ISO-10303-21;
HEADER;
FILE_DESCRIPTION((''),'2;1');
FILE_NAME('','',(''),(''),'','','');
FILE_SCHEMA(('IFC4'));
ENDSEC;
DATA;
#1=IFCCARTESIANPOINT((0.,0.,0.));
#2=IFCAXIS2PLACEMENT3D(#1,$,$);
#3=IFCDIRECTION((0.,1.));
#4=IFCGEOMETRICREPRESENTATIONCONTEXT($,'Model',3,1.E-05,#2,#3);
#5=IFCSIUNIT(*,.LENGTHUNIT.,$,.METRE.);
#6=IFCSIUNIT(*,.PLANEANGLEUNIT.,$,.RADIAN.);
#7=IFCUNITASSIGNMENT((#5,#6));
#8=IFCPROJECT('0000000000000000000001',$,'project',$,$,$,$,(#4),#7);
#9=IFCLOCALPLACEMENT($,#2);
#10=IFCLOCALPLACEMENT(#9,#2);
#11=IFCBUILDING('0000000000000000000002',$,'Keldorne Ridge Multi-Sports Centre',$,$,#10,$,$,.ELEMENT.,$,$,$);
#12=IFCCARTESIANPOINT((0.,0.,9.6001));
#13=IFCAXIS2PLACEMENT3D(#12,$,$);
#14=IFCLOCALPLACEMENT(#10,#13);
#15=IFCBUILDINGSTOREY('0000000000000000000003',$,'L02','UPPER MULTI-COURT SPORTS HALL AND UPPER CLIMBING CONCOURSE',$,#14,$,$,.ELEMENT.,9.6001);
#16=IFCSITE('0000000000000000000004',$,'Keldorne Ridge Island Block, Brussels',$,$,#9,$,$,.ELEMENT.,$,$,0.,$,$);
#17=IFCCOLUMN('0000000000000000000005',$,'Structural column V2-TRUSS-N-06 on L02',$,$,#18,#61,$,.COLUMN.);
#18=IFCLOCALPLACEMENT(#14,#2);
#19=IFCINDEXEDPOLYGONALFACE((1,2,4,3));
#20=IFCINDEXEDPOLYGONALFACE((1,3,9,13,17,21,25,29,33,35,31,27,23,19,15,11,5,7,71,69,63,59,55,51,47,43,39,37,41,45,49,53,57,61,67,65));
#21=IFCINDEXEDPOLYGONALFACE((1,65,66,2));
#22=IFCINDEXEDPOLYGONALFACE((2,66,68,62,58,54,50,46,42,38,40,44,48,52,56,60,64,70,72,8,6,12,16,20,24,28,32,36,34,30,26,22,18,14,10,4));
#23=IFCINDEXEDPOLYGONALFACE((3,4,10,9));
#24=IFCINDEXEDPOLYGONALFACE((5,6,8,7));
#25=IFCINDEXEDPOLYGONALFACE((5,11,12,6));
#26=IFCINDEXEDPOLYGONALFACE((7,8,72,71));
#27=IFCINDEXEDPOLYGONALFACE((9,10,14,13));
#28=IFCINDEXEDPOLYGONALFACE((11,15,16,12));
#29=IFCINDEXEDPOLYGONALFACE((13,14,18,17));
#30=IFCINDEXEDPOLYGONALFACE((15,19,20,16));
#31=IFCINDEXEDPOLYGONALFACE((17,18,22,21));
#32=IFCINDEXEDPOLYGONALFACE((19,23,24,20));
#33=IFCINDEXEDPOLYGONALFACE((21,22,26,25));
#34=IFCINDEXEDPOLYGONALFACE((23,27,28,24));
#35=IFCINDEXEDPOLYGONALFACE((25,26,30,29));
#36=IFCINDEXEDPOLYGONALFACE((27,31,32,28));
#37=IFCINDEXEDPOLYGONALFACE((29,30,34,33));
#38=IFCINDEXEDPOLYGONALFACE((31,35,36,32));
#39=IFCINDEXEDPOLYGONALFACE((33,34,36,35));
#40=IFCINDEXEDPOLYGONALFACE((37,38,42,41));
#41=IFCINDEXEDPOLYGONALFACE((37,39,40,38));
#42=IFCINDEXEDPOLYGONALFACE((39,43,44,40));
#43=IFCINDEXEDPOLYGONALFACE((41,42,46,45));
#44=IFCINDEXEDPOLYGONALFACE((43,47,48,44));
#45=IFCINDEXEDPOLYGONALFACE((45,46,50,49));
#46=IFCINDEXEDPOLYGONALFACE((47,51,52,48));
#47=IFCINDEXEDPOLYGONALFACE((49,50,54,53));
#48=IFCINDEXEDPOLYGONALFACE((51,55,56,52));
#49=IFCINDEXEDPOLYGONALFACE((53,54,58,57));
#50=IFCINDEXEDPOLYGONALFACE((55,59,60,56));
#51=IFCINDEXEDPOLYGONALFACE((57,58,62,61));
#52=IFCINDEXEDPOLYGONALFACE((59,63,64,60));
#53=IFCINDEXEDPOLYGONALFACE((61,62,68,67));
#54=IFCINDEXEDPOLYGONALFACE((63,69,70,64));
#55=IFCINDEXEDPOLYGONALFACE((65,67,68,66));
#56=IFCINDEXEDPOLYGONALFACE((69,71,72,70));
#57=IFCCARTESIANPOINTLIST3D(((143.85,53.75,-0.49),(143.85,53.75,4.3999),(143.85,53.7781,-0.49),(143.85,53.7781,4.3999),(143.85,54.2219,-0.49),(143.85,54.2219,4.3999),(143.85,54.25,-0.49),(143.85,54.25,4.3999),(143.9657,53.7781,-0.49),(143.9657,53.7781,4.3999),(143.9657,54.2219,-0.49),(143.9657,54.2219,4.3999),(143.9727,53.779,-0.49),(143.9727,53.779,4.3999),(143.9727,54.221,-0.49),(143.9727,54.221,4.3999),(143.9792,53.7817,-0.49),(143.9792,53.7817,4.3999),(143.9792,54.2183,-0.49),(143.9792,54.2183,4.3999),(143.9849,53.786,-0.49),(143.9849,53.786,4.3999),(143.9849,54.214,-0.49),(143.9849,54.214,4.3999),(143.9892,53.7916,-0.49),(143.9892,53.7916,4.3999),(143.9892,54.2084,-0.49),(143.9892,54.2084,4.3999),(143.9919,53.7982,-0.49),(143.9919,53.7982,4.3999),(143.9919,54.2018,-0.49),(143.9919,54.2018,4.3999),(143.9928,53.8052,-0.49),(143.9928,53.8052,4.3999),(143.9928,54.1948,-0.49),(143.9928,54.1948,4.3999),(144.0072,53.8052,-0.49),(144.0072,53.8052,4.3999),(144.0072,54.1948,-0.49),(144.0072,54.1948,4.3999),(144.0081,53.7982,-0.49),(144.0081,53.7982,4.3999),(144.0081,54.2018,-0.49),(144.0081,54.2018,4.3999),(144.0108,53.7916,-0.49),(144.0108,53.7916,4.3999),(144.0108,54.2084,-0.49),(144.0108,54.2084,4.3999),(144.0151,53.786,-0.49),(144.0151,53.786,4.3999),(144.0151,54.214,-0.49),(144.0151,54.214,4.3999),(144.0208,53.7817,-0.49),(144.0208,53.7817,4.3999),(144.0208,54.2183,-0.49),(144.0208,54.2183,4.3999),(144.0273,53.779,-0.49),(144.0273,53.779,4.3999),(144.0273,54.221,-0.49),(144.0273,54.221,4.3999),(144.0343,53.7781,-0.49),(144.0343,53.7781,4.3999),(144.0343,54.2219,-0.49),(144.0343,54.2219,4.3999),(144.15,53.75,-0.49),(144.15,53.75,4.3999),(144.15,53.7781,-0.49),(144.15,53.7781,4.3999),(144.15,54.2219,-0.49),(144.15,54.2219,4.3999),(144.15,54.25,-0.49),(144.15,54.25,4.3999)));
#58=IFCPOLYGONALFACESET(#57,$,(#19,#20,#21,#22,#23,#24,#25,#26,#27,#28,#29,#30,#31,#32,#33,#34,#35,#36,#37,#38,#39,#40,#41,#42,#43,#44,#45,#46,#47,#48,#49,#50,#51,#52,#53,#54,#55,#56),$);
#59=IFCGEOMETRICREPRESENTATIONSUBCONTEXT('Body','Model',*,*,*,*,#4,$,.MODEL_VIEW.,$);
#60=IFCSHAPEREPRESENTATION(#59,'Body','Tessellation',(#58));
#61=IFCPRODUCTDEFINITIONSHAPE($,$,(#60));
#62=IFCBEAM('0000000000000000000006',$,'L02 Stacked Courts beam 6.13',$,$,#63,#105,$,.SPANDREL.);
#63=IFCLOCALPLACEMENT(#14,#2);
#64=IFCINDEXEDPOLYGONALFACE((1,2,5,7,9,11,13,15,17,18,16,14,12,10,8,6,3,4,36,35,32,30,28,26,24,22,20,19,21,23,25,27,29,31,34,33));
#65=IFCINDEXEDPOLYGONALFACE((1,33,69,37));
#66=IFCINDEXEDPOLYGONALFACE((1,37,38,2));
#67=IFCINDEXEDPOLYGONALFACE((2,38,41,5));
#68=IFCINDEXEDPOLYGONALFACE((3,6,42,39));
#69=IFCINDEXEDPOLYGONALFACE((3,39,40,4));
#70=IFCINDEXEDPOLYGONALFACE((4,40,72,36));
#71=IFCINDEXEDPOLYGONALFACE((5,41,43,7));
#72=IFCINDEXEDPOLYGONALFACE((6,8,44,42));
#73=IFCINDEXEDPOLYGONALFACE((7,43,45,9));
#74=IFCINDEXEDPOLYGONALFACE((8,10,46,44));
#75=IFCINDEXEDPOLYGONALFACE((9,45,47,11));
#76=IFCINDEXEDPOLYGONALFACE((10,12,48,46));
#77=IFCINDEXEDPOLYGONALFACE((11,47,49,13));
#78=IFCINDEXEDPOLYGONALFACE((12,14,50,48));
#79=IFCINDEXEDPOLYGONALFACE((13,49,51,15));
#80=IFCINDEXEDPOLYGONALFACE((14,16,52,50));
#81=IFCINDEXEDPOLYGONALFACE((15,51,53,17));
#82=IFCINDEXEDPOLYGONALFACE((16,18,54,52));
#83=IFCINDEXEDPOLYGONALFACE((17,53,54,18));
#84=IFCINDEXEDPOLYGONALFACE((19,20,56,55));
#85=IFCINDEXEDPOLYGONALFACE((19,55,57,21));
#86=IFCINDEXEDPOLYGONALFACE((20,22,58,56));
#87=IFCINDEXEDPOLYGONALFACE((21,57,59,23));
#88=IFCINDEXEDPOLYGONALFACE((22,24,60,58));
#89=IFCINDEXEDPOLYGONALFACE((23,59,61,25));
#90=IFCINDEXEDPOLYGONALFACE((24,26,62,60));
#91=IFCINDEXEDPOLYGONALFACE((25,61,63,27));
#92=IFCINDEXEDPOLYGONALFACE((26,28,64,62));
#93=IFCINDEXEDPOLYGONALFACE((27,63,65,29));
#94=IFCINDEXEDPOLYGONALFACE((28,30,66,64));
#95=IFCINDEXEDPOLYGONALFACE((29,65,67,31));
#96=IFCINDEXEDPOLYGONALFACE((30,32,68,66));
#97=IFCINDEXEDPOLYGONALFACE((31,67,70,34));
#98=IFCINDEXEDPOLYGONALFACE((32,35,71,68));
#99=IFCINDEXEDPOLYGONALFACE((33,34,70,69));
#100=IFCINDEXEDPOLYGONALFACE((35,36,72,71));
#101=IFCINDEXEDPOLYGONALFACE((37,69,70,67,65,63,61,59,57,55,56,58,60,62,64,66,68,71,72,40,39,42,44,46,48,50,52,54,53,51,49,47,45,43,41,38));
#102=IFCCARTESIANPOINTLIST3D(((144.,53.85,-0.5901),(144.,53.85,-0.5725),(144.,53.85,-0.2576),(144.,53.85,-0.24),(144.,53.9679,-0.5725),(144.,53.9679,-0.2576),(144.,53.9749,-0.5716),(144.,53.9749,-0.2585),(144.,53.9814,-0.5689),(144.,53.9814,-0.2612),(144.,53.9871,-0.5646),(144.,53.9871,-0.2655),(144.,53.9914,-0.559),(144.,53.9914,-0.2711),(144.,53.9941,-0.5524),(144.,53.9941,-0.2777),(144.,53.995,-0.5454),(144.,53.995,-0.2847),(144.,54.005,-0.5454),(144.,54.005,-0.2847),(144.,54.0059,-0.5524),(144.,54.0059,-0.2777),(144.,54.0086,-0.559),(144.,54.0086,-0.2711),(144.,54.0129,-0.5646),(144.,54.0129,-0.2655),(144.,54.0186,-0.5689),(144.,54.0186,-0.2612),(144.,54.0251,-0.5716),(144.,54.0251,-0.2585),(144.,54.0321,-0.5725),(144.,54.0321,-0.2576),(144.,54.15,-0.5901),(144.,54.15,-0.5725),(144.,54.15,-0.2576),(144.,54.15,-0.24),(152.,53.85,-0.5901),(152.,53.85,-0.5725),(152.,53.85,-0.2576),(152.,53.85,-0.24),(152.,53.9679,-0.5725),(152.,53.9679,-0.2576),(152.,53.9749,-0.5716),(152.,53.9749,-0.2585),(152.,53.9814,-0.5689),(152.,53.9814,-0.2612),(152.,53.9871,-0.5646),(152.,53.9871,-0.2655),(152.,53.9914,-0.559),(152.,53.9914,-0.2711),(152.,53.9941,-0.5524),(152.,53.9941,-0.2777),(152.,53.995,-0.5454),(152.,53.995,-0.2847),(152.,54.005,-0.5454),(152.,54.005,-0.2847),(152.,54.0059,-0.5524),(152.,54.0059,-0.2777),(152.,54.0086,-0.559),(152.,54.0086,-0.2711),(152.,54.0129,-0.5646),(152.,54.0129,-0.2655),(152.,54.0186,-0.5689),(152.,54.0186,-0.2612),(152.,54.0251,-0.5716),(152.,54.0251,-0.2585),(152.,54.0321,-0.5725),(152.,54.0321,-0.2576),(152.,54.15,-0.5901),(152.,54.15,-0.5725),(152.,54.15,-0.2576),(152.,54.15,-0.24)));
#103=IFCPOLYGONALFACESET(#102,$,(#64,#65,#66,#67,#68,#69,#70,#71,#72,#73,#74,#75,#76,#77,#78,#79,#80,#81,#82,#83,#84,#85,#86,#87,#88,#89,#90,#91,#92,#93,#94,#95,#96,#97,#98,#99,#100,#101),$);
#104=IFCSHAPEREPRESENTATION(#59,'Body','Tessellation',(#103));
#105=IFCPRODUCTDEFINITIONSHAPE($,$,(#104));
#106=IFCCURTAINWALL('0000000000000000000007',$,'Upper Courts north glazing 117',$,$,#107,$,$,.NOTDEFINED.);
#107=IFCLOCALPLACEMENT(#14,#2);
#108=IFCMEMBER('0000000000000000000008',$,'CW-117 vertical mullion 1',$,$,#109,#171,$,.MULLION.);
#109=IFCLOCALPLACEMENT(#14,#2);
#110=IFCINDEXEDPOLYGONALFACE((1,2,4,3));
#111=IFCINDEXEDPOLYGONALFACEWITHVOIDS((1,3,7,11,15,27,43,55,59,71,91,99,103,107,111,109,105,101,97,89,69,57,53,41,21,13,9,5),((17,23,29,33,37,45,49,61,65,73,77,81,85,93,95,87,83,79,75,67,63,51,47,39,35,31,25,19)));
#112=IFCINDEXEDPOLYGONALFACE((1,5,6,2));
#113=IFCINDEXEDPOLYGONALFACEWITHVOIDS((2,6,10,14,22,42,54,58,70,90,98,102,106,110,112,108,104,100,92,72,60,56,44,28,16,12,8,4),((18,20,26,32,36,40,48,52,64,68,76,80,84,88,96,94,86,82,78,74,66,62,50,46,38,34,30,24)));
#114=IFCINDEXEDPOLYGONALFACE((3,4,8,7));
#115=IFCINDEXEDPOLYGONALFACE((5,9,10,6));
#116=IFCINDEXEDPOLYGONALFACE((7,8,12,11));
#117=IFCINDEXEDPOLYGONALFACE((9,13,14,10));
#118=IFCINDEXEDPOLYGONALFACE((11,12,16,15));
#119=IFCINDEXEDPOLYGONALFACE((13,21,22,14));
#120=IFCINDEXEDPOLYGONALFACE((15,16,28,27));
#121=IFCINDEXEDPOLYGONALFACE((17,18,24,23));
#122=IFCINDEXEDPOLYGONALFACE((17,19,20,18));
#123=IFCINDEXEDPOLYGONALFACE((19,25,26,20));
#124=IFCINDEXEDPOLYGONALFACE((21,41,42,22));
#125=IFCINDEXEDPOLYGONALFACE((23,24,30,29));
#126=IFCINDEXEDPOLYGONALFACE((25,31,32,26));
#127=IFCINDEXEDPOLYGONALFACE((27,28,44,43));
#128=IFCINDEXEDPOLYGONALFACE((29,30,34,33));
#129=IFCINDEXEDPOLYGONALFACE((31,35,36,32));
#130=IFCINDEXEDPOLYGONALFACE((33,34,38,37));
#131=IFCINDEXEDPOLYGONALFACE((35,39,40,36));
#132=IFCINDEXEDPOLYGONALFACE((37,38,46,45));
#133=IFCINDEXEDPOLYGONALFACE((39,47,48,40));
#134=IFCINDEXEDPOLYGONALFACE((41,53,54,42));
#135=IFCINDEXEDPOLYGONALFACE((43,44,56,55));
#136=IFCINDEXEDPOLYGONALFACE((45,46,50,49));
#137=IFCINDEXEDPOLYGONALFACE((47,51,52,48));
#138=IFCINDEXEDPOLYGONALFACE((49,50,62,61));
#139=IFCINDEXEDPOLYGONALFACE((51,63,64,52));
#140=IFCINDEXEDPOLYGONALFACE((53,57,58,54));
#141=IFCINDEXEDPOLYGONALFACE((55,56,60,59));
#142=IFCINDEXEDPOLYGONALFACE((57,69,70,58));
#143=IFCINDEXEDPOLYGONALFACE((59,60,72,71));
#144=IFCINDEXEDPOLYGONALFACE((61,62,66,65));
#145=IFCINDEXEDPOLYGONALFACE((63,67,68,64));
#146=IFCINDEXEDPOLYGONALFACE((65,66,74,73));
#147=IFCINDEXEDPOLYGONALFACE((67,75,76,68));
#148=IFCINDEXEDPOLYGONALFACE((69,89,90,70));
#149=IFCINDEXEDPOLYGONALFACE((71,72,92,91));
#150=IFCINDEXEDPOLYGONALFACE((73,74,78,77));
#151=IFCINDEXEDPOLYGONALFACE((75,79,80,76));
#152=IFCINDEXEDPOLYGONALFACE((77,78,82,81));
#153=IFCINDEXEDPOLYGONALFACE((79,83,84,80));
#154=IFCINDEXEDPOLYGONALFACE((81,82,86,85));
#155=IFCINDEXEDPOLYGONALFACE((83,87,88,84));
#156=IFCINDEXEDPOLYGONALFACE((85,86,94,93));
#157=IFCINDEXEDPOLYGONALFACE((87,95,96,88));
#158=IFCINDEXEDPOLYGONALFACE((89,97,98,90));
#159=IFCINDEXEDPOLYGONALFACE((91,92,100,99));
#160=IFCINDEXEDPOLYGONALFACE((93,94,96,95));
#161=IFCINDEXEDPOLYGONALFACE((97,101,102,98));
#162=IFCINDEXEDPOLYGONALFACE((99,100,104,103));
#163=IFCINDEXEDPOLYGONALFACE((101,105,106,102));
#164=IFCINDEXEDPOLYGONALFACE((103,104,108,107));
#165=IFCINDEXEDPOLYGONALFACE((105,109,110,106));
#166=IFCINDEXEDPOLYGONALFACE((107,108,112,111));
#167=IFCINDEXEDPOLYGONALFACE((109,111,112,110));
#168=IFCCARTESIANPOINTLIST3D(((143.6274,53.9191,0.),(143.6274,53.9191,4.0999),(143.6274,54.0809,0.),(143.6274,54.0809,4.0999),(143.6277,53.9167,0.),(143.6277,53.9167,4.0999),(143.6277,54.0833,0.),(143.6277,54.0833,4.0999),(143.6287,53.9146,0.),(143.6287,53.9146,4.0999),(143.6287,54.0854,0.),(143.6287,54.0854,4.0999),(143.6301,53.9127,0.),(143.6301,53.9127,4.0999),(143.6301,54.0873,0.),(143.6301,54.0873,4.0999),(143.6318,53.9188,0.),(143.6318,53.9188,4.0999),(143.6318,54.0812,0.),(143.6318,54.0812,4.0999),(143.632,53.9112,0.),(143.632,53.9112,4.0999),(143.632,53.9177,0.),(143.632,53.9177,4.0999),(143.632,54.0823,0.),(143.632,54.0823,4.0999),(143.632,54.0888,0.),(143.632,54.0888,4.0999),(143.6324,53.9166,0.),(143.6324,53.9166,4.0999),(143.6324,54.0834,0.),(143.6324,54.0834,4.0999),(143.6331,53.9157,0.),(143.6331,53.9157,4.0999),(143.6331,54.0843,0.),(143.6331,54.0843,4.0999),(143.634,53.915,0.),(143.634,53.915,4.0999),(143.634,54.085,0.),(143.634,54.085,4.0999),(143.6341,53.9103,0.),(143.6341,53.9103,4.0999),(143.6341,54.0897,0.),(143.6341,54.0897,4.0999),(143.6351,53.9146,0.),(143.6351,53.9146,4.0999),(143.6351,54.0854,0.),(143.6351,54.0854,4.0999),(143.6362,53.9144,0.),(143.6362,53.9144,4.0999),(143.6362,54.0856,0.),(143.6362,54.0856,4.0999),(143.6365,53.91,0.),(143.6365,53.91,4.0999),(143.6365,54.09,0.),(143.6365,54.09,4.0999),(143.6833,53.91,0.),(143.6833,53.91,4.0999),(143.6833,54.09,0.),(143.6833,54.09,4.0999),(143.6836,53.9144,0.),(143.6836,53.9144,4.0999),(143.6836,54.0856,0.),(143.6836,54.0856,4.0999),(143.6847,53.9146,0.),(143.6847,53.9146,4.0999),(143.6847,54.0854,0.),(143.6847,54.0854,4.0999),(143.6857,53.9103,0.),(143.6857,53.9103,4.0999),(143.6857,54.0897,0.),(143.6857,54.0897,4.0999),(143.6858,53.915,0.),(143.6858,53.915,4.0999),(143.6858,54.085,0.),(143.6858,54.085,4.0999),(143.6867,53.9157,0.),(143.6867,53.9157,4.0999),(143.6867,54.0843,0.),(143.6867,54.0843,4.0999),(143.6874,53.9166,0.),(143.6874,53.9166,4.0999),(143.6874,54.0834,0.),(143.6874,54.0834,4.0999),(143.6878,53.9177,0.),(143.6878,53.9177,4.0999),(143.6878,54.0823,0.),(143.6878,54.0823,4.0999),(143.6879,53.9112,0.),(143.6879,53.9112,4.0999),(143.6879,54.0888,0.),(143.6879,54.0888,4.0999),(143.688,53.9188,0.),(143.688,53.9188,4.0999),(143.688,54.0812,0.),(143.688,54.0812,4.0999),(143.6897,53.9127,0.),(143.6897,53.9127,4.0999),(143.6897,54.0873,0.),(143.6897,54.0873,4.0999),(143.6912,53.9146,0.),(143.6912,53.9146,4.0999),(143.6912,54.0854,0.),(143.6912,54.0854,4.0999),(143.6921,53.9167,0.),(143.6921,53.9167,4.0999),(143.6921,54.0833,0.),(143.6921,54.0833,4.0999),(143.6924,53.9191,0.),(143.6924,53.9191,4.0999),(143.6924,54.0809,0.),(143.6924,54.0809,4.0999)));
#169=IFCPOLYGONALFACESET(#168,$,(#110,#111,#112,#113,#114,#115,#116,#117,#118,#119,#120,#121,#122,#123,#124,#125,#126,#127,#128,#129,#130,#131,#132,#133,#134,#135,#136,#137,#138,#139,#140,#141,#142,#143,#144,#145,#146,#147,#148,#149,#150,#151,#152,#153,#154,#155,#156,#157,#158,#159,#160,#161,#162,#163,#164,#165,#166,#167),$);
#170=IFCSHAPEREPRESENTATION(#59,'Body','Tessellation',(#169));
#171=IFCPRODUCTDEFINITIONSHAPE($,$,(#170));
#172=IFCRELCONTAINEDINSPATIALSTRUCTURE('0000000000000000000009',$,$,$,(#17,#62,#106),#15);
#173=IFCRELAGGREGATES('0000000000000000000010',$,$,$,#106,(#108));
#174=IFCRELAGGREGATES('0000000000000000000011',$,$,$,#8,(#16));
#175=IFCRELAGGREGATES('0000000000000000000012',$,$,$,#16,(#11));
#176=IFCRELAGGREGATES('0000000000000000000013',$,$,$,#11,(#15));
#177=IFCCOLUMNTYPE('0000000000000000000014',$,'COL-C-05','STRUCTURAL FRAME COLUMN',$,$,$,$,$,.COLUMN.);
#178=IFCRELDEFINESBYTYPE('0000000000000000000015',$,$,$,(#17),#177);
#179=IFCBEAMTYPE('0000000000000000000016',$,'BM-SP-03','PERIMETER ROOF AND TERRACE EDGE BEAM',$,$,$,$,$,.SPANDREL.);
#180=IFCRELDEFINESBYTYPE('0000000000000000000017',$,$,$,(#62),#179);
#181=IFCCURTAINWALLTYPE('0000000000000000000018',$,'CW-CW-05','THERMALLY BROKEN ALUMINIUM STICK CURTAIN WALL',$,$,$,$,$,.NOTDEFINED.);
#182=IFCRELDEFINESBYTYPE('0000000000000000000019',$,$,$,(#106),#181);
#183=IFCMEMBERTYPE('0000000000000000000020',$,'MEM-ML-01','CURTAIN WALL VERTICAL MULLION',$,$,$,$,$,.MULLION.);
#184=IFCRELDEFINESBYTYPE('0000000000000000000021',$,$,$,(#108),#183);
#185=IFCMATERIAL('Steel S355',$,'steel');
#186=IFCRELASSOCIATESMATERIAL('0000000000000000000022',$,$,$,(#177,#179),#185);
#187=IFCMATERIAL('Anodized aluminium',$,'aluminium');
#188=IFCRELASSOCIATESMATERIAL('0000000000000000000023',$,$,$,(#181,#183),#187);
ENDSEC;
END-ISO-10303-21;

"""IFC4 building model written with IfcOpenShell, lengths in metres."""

from ifc_helpers import new_model, si_unit, direction, frame, origin, origin_2d, place, context, subcontext, project, spatial, hollow_rectangle, i_section, extrude, material, material_profile, profile_set, type_object, element, aggregate, save


model = new_model("IFC4")

# Units and contexts
model_context = context("Model", 3, precision=1e-05, world=origin(), true_north=direction((0.0, 1.0)))
body_context = subcontext(model_context, "Body", "Model", "MODEL_VIEW")
ifc_project = project(units=[si_unit("LENGTHUNIT", "METRE"), si_unit("PLANEANGLEUNIT", "RADIAN")], contexts=[model_context])

# Site, building, storey
site_placement = place(None, origin())
site = spatial("IfcSite", under=ifc_project, at=site_placement, Name="Keldorne Ridge Island Block, Brussels", CompositionType="ELEMENT", RefElevation=0.0)
building_placement = place(site_placement, origin())
building = spatial("IfcBuilding", under=site, at=building_placement, Name="Keldorne Ridge Multi-Sports Centre", CompositionType="ELEMENT")
storey_placement = place(building_placement, frame((0.0, 0.0, 9.6001)))
storey = spatial("IfcBuildingStorey", under=building, at=storey_placement, Name="L02", Description="UPPER MULTI-COURT SPORTS HALL AND UPPER CLIMBING CONCOURSE", CompositionType="ELEMENT", Elevation=9.6001)

# Column
ifc_material_1 = material(Name="Steel S355", Category="steel")
ifc_material_profile_1 = material_profile(ifc_material_1, i_section(OverallWidth=0.3, OverallDepth=0.5, WebThickness=0.0144, FlangeThickness=0.0281, FilletRadius=0.0271, at=origin_2d()), Name="HEB 500")
ifc_profile_set_1 = profile_set([ifc_material_profile_1], Name="Steel S355")
column_type = type_object("IfcColumnType", Name="COL-C-05", Description="STRUCTURAL FRAME COLUMN", PredefinedType="COLUMN", material=ifc_profile_set_1)
column_placement = place(storey_placement, frame((144.0, 54.0, -0.49), z_axis=(0.0, 0.0, 1.0), x_axis=(1.0, 0.0, 0.0)))
element("IfcColumn", 1, at=column_placement, inside=storey, type_object=column_type, Name="Structural column V2-TRUSS-N-06 on L02", PredefinedType="COLUMN", context=body_context, shape_type="SweptSolid", body=[
    extrude(i_section(OverallWidth=0.3, OverallDepth=0.5, WebThickness=0.0144, FlangeThickness=0.0281, FilletRadius=0.0271, at=origin_2d()), origin(), (0.0, 0.0, 1.0), 4.8899),
])

# Beam
ifc_material_profile_2 = material_profile(ifc_material_1, i_section(OverallWidth=0.3, OverallDepth=0.3501, WebThickness=0.01, FlangeThickness=0.0176, FilletRadius=0.0271, at=origin_2d()), Name="HEA 360")
ifc_profile_set_2 = profile_set([ifc_material_profile_2], Name="Steel S355")
beam_type = type_object("IfcBeamType", Name="BM-SP-03", Description="PERIMETER ROOF AND TERRACE EDGE BEAM", PredefinedType="SPANDREL", material=ifc_profile_set_2)
beam_placement = place(storey_placement, frame((144.0, 54.0, -0.415), z_axis=(1.0, 0.0, 0.0), x_axis=(0.0, 1.0, 0.0)))
element("IfcBeam", 2, at=beam_placement, inside=storey, type_object=beam_type, Name="L02 Stacked Courts beam 6.13", PredefinedType="SPANDREL", context=body_context, shape_type="SweptSolid", body=[
    extrude(i_section(OverallWidth=0.3, OverallDepth=0.3501, WebThickness=0.01, FlangeThickness=0.0176, FilletRadius=0.0271, at=origin_2d()), origin(), (0.0, 0.0, 1.0), 8.0),
])

# Curtain wall, member
ifc_material_2 = material(Name="Anodized aluminium", Category="aluminium")
curtain_wall_type_1 = type_object("IfcCurtainWallType", Name="CW-CW-05", Description="THERMALLY BROKEN ALUMINIUM STICK CURTAIN WALL", PredefinedType="NOTDEFINED", material=ifc_material_2)
curtain_wall_1_placement = place(storey_placement, origin())
curtain_wall_1 = element("IfcCurtainWall", 3, at=curtain_wall_1_placement, inside=storey, type_object=curtain_wall_type_1, Name="Upper Courts north glazing 117", PredefinedType="NOTDEFINED")
ifc_material_profile_3 = material_profile(ifc_material_2, hollow_rectangle(XDim=0.0649, YDim=0.1799, WallThickness=0.0044, InnerFilletRadius=0.0044, OuterFilletRadius=0.009, at=origin_2d()), Name="ALU MULLION 180x65x4.5")
ifc_profile_set_3 = profile_set([ifc_material_profile_3], Name="Anodized aluminium")
member_type_1 = type_object("IfcMemberType", Name="MEM-ML-01", Description="CURTAIN WALL VERTICAL MULLION", PredefinedType="MULLION", material=ifc_profile_set_3)
member_1_placement = place(storey_placement, frame((143.6599, 54.0, 0.0), z_axis=(0.0, 0.0, 1.0), x_axis=(1.0, 0.0, 0.0)))
member_1 = element("IfcMember", 4, at=member_1_placement, type_object=member_type_1, Name="CW-117 vertical mullion 1", PredefinedType="MULLION", context=body_context, shape_type="SweptSolid", body=[
    extrude(hollow_rectangle(XDim=0.0649, YDim=0.1799, WallThickness=0.0044, InnerFilletRadius=0.0044, OuterFilletRadius=0.009, at=origin_2d()), origin(), (0.0, 0.0, 1.0), 4.0999),
])

aggregate(curtain_wall_1, [member_1])

save(model, "model.ifc")
